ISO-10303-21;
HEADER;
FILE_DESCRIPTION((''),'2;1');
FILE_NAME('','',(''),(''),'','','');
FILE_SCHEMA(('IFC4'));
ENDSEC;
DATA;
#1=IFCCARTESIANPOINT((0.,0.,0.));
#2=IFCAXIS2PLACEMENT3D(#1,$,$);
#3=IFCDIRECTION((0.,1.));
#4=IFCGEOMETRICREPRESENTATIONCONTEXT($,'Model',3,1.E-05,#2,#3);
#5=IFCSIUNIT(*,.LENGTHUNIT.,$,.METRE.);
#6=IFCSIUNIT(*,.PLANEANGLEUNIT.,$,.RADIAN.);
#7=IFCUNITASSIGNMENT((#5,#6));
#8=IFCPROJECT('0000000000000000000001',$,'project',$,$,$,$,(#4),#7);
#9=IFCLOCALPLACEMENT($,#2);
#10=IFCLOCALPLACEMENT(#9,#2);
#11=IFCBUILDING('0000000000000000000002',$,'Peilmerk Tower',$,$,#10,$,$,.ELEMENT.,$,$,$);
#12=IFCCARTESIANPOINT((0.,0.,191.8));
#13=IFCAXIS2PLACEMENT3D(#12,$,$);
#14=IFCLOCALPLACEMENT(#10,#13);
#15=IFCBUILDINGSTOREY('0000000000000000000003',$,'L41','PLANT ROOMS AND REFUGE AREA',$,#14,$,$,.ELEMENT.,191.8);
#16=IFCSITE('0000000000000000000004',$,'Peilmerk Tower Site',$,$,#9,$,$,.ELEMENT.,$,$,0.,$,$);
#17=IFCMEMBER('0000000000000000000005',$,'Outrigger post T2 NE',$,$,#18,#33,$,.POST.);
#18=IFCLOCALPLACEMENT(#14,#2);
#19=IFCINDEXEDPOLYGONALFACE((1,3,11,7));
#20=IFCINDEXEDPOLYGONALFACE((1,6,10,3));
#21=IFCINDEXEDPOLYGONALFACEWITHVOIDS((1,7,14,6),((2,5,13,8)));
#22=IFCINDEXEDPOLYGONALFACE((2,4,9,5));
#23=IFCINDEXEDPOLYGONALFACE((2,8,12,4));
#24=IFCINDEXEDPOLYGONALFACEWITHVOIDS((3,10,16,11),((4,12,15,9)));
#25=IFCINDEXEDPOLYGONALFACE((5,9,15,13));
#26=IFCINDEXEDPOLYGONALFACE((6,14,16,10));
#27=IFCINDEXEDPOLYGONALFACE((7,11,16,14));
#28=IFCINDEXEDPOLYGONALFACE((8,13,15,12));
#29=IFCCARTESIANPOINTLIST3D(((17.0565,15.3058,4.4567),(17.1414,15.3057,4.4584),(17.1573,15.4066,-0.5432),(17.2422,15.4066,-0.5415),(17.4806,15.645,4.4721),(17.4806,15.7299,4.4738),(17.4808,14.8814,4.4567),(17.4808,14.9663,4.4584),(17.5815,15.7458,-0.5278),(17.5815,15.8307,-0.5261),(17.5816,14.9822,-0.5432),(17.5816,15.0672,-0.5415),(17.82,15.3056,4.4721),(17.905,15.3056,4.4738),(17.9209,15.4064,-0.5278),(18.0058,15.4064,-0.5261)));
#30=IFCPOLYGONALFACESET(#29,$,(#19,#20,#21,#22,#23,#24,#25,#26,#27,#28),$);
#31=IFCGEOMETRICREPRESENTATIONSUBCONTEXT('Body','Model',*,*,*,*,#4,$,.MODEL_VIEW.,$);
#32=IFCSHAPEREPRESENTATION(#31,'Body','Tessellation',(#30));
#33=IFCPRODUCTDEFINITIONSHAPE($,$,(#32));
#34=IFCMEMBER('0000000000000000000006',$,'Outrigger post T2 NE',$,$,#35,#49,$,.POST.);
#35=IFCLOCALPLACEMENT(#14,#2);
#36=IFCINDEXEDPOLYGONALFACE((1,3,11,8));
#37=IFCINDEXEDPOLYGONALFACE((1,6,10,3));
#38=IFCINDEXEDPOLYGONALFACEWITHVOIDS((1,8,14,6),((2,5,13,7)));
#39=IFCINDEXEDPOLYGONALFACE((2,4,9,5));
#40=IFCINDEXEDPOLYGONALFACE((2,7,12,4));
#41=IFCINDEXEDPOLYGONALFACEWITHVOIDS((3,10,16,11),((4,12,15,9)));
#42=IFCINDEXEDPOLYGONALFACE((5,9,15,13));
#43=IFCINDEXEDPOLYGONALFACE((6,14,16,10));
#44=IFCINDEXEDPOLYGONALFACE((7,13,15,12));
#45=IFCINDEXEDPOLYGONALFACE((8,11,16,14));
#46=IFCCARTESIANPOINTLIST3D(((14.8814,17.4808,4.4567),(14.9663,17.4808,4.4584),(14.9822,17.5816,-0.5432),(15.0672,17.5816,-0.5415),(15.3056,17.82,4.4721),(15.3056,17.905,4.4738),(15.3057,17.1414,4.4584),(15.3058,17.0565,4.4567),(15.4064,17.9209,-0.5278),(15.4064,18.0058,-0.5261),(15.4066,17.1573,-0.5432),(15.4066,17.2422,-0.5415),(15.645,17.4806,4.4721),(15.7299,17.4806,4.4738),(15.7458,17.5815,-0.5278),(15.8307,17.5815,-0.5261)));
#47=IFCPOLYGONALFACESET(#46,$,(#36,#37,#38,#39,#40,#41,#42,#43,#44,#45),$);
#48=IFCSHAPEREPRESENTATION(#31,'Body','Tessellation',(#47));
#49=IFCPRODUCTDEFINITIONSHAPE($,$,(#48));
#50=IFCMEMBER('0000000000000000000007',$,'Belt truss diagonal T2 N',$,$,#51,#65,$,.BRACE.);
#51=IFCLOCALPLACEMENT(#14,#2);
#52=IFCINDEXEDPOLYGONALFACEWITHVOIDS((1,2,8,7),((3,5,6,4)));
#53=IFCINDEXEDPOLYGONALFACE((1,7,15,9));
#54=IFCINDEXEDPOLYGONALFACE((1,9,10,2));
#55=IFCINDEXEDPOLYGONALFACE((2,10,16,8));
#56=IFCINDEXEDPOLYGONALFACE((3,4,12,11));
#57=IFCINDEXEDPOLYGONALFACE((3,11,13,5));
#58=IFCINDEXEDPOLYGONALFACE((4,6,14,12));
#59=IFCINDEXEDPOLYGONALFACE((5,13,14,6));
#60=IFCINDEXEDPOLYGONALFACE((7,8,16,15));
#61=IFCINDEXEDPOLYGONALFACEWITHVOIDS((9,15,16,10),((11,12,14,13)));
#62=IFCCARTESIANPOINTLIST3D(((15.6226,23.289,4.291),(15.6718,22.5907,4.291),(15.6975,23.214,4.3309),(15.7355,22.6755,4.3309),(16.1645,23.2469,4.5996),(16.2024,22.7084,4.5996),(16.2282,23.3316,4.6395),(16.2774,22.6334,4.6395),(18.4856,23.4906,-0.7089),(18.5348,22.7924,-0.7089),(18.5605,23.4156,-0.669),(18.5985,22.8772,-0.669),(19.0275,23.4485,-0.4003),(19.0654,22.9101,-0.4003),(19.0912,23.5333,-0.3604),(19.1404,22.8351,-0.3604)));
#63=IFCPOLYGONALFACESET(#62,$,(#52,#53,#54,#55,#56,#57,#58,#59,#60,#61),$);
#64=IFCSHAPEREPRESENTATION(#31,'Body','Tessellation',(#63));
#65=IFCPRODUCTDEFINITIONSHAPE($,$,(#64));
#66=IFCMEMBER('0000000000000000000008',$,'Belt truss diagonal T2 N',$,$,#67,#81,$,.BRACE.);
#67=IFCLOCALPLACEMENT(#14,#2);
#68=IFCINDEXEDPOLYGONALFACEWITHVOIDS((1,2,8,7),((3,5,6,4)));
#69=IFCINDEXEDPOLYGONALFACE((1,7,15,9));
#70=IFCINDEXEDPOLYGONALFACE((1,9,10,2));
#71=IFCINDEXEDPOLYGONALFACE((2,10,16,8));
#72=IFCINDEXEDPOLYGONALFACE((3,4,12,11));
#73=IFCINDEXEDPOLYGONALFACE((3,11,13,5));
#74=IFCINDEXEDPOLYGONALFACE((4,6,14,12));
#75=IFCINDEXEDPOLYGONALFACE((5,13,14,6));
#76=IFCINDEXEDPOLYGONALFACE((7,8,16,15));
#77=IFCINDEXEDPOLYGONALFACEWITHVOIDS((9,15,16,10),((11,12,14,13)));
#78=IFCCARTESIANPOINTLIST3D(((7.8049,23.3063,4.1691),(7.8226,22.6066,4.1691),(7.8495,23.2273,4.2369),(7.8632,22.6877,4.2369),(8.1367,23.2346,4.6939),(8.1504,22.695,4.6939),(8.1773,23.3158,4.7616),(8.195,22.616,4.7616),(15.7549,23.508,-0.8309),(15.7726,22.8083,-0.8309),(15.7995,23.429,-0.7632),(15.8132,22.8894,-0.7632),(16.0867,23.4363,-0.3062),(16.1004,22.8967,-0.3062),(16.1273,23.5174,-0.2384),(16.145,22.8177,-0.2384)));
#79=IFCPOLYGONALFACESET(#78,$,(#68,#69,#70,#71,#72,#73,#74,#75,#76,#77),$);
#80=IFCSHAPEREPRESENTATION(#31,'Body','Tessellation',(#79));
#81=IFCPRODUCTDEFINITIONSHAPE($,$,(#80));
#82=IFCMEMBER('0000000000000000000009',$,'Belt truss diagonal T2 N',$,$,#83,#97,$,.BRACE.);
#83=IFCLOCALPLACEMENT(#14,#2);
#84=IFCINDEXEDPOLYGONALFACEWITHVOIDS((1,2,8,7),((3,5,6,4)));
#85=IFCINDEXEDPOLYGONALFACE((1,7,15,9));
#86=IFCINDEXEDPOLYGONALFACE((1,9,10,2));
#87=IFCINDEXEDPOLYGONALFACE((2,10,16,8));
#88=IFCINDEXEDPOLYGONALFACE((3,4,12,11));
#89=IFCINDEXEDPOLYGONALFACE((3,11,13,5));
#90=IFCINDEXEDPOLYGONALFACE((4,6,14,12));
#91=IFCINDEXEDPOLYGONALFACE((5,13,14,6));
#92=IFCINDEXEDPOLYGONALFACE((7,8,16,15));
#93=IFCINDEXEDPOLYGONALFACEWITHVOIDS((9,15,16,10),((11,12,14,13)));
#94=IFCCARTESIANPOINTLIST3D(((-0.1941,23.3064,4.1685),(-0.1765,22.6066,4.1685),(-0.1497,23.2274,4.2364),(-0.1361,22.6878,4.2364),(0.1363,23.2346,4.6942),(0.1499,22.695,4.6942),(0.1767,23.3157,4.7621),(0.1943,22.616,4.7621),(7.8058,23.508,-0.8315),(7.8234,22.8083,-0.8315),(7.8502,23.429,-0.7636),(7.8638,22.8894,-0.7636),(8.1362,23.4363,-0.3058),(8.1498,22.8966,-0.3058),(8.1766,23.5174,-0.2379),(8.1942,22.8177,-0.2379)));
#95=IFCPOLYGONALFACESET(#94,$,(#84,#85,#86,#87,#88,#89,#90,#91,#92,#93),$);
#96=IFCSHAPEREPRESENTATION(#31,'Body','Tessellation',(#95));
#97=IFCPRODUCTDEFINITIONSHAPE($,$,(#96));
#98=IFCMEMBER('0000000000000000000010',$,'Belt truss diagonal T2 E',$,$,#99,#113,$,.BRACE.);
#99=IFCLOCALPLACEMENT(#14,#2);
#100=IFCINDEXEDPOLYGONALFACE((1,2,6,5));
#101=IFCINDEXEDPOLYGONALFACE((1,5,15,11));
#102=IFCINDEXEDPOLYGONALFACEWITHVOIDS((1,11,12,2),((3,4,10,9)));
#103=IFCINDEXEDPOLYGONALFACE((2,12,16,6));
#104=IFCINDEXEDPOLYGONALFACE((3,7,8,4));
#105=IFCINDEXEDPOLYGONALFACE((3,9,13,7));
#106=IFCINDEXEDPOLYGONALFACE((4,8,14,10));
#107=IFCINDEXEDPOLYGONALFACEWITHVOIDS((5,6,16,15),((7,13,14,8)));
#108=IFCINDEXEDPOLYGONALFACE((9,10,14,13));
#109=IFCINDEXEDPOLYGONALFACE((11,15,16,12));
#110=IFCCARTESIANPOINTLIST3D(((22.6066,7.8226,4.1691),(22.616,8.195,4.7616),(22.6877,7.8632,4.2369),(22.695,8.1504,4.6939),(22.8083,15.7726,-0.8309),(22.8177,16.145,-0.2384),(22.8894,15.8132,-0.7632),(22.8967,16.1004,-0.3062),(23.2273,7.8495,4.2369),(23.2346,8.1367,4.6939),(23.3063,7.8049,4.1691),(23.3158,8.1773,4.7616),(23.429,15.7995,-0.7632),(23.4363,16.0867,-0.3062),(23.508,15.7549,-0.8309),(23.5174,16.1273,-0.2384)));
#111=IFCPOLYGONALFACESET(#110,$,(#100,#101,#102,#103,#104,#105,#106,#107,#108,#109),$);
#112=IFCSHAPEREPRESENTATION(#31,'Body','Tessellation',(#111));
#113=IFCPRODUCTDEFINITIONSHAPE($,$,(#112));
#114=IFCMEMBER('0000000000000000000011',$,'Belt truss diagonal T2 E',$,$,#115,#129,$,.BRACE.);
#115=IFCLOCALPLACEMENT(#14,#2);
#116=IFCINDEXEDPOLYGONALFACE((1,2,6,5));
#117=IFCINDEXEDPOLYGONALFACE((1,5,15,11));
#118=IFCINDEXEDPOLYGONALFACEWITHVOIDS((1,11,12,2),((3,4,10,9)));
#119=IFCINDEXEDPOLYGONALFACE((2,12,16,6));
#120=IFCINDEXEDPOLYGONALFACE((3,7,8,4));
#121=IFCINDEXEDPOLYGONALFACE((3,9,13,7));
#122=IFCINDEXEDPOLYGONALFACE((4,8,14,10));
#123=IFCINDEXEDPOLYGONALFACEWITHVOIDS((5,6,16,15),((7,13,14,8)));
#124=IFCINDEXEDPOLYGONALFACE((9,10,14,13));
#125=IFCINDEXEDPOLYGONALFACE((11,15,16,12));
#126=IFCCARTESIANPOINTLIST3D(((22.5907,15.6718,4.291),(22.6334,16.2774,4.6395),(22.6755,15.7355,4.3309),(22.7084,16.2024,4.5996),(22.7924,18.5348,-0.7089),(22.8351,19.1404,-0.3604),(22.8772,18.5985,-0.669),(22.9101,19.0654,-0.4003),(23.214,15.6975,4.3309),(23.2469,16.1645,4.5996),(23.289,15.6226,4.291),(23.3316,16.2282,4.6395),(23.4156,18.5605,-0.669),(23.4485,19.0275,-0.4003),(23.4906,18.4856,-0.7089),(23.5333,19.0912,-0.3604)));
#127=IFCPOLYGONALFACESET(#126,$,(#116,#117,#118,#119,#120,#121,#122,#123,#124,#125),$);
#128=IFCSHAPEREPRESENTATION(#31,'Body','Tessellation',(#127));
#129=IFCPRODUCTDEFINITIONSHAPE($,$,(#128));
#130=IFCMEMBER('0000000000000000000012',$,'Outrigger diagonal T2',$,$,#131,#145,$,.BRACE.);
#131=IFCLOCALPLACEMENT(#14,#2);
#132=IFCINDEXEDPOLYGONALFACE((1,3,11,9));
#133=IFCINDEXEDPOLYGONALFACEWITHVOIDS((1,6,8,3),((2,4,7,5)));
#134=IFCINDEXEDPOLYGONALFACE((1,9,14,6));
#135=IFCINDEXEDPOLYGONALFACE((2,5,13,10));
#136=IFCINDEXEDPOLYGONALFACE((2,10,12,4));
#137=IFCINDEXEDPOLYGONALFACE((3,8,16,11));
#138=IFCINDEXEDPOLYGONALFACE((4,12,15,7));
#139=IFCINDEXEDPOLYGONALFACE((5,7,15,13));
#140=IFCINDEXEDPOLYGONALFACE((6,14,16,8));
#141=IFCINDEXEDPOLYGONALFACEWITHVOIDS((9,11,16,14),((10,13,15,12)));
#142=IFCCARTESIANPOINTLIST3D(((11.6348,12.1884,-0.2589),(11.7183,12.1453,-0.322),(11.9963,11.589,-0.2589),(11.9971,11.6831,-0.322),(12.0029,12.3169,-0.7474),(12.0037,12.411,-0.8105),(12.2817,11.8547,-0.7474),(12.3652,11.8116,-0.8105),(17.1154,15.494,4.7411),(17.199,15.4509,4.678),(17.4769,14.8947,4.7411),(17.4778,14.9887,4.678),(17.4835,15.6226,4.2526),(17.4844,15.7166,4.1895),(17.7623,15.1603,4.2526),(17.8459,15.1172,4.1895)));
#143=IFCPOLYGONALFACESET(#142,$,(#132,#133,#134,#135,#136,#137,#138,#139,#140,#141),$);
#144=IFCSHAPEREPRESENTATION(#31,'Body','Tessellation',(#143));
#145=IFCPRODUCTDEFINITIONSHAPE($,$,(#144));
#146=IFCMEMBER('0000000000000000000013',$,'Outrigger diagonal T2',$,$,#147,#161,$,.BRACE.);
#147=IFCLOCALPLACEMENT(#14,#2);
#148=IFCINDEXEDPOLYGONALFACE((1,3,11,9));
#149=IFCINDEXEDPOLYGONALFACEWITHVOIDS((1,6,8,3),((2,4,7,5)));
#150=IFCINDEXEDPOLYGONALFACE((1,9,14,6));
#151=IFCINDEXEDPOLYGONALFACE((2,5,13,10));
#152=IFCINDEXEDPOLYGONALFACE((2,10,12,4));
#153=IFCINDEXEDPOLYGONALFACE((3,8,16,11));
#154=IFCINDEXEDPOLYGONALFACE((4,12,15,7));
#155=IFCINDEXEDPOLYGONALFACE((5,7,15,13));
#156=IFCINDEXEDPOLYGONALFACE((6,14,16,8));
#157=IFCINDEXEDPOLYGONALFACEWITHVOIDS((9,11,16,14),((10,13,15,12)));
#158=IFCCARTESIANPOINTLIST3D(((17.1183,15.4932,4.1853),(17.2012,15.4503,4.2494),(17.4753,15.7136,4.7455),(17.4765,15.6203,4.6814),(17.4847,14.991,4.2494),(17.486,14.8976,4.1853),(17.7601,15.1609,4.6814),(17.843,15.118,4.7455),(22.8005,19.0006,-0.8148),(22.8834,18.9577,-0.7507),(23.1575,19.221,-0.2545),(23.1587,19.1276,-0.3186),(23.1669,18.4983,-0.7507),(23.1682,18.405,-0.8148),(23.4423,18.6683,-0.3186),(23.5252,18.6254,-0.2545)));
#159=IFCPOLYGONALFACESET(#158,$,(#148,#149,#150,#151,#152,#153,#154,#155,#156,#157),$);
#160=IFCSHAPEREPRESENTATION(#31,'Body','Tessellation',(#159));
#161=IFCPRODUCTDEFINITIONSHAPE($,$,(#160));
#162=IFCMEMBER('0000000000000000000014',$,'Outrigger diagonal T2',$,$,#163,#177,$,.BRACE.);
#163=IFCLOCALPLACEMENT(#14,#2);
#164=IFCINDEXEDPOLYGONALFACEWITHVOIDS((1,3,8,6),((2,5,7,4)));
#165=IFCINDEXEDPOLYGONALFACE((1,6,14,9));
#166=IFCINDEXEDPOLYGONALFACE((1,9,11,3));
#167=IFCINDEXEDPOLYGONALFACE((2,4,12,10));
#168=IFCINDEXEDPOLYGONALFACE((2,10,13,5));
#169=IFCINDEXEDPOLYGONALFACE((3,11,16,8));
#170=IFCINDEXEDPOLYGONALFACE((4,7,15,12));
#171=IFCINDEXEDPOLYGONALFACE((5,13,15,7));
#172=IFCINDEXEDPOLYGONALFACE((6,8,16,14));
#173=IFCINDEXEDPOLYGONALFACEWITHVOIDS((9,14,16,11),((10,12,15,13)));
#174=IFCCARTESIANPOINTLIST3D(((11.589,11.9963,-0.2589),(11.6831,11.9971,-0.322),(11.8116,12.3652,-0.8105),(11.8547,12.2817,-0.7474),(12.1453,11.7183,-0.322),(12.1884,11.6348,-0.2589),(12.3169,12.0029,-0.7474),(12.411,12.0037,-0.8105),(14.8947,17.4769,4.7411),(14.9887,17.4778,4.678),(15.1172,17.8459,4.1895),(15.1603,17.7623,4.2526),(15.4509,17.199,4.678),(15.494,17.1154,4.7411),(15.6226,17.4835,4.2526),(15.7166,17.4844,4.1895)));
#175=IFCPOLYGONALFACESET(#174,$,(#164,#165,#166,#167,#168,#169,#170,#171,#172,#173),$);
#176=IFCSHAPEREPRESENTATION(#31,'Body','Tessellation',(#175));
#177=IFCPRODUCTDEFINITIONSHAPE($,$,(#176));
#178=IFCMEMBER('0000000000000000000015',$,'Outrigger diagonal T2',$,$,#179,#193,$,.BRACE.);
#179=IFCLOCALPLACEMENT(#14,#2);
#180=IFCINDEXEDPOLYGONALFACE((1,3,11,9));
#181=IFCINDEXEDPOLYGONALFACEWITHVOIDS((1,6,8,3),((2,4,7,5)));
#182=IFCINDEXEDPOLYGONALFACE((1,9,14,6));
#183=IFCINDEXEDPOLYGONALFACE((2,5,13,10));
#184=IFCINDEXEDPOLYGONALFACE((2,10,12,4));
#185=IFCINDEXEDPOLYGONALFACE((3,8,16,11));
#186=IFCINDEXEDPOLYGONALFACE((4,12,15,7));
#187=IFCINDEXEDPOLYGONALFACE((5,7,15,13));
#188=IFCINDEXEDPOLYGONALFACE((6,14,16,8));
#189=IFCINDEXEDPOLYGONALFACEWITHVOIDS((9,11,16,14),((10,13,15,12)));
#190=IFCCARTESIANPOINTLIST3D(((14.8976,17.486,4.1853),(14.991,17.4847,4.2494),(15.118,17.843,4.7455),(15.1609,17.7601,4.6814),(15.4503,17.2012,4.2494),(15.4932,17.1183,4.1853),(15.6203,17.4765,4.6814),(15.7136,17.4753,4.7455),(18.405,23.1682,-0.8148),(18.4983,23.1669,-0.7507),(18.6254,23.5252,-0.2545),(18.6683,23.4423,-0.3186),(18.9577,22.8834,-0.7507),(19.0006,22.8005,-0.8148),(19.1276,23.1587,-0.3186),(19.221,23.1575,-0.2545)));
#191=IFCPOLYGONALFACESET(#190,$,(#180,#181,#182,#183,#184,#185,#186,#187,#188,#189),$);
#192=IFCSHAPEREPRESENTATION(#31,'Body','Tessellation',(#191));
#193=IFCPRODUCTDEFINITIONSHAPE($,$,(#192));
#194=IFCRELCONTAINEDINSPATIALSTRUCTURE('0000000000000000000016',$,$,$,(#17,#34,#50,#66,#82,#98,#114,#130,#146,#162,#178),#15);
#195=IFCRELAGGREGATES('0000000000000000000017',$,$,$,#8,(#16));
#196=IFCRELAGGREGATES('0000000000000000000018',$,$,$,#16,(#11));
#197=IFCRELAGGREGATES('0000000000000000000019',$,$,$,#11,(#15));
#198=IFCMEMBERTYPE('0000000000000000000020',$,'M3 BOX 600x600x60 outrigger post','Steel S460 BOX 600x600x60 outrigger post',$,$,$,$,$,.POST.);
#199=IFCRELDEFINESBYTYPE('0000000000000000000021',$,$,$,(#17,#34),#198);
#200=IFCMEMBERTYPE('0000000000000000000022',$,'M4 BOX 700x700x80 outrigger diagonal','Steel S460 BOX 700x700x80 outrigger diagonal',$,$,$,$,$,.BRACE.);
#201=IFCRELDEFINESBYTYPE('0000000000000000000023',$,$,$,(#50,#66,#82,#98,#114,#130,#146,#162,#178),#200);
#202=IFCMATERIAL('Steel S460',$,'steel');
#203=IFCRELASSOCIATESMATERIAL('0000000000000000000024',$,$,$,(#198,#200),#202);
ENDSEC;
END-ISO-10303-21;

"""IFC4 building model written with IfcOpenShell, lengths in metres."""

from ifc_helpers import new_model, si_unit, direction, frame, origin, origin_2d, place, context, subcontext, project, spatial, hollow_rectangle, extrude, material, material_profile, profile_set, type_object, element, save


model = new_model("IFC4")

# Units and contexts
model_context = context("Model", 3, precision=1e-05, world=origin(), true_north=direction((0.0, 1.0)))
body_context = subcontext(model_context, "Body", "Model", "MODEL_VIEW")
ifc_project = project(units=[si_unit("LENGTHUNIT", "METRE"), si_unit("PLANEANGLEUNIT", "RADIAN")], contexts=[model_context])

# Site, building, storey
site_placement = place(None, origin())
site = spatial("IfcSite", under=ifc_project, at=site_placement, Name="Peilmerk Tower Site", CompositionType="ELEMENT", RefElevation=0.0)
building_placement = place(site_placement, origin())
building = spatial("IfcBuilding", under=site, at=building_placement, Name="Peilmerk Tower", CompositionType="ELEMENT")
storey_placement = place(building_placement, frame((0.0, 0.0, 191.8)))
storey = spatial("IfcBuildingStorey", under=building, at=storey_placement, Name="L41", Description="PLANT ROOMS AND REFUGE AREA", CompositionType="ELEMENT", Elevation=191.8)

# Shared definitions
ifc_material_1 = material(Name="Steel S460", Category="steel")

# Members
ifc_material_profile_1 = material_profile(ifc_material_1, hollow_rectangle(XDim=0.6001, YDim=0.6001, WallThickness=0.0601, at=origin_2d()), Name="BOX 600x600x60")
ifc_profile_set_1 = profile_set([ifc_material_profile_1], Name="Steel S460")
member_type_1 = type_object("IfcMemberType", Name="M3 BOX 600x600x60 outrigger post", Description="Steel S460 BOX 600x600x60 outrigger post", PredefinedType="POST", material=ifc_profile_set_1)
for number, where, z_axis, x_axis, name in (
    (1, (17.5815, 15.4065, -0.5347), (-0.020158, -0.020158, 0.999594), (0.707107, -0.707107, 0.0), "Outrigger post T2 NE"),
    (2, (15.4065, 17.5815, -0.5347), (-0.020158, -0.020158, 0.999594), (0.707107, -0.707107, 0.0), "Outrigger post T2 NE"),
):
    element("IfcMember", number, at=place(storey_placement, frame(where, z_axis=z_axis, x_axis=x_axis)), inside=storey, type_object=member_type_1, Name=name, PredefinedType="POST", context=body_context, shape_type="SweptSolid", body=[
        extrude(hollow_rectangle(XDim=0.6001, YDim=0.6001, WallThickness=0.0601, at=origin_2d()), origin(), (0.0, 0.0, 1.0), 5.002),
    ])
ifc_material_profile_2 = material_profile(ifc_material_1, hollow_rectangle(XDim=0.7, YDim=0.7, WallThickness=0.0801, at=origin_2d()), Name="BOX 700x700x80")
ifc_profile_set_2 = profile_set([ifc_material_profile_2], Name="Steel S460")
member_type_2 = type_object("IfcMemberType", Name="M4 BOX 700x700x80 outrigger diagonal", Description="Steel S460 BOX 700x700x80 outrigger diagonal", PredefinedType="BRACE", material=ifc_profile_set_2)
member_1_placement = place(storey_placement, frame((18.813, 23.1628, -0.5347), z_axis=(-0.496606, -0.034979, 0.867271), x_axis=(0.070262, -0.997529, 0.0)))
element("IfcMember", 3, at=member_1_placement, inside=storey, type_object=member_type_2, Name="Belt truss diagonal T2 N", PredefinedType="BRACE", context=body_context, shape_type="SweptSolid", body=[
    extrude(hollow_rectangle(XDim=0.7, YDim=0.7, WallThickness=0.0801, at=origin_2d()), origin(), (0.0, 0.0, 1.0), 5.7651),
])
member_2_placement = place(storey_placement, frame((15.95, 23.1628, -0.5347), z_axis=(-0.846303, -0.021467, 0.532269), x_axis=(0.025358, -0.999678, 0.0)))
element("IfcMember", 4, at=member_2_placement, inside=storey, type_object=member_type_2, Name="Belt truss diagonal T2 N", PredefinedType="BRACE", context=body_context, shape_type="SweptSolid", body=[
    extrude(hollow_rectangle(XDim=0.7, YDim=0.7, WallThickness=0.0801, at=origin_2d()), origin(), (0.0, 0.0, 1.0), 9.3938),
])
member_3_placement = place(storey_placement, frame((8.0, 23.1628, -0.5347), z_axis=(-0.847805, -0.021371, 0.529878), x_axis=(0.0252, -0.999682, 0.0)))
element("IfcMember", 5, at=member_3_placement, inside=storey, type_object=member_type_2, Name="Belt truss diagonal T2 N", PredefinedType="BRACE", context=body_context, shape_type="SweptSolid", body=[
    extrude(hollow_rectangle(XDim=0.7, YDim=0.7, WallThickness=0.0801, at=origin_2d()), origin(), (0.0, 0.0, 1.0), 9.436),
])
member_4_placement = place(storey_placement, frame((23.1628, 15.95, -0.5347), z_axis=(-0.021467, -0.846303, 0.532269), x_axis=(0.999678, -0.025358, 0.0)))
element("IfcMember", 6, at=member_4_placement, inside=storey, type_object=member_type_2, Name="Belt truss diagonal T2 E", PredefinedType="BRACE", context=body_context, shape_type="SweptSolid", body=[
    extrude(hollow_rectangle(XDim=0.7, YDim=0.7, WallThickness=0.0801, at=origin_2d()), origin(), (0.0, 0.0, 1.0), 9.3938),
])
member_5_placement = place(storey_placement, frame((23.1628, 18.813, -0.5347), z_axis=(-0.034979, -0.496606, 0.867271), x_axis=(0.997529, -0.070262, 0.0)))
element("IfcMember", 7, at=member_5_placement, inside=storey, type_object=member_type_2, Name="Belt truss diagonal T2 E", PredefinedType="BRACE", context=body_context, shape_type="SweptSolid", body=[
    extrude(hollow_rectangle(XDim=0.7, YDim=0.7, WallThickness=0.0801, at=origin_2d()), origin(), (0.0, 0.0, 1.0), 5.7651),
])
member_6_placement = place(storey_placement, frame((12.0, 12.0, -0.5347), z_axis=(0.674805, 0.407005, 0.615618), x_axis=(-0.516475, 0.856303, 0.0)))
element("IfcMember", 8, at=member_6_placement, inside=storey, type_object=member_type_2, Name="Outrigger diagonal T2", PredefinedType="BRACE", context=body_context, shape_type="SweptSolid", body=[
    extrude(hollow_rectangle(XDim=0.7, YDim=0.7, WallThickness=0.0801, at=origin_2d()), origin(), (0.0, 0.0, 1.0), 8.1218),
])
member_7_placement = place(storey_placement, frame((23.1628, 18.813, -0.5347), z_axis=(-0.681152, -0.420445, 0.599381), x_axis=(0.525252, -0.850947, 0.0)))
element("IfcMember", 9, at=member_7_placement, inside=storey, type_object=member_type_2, Name="Outrigger diagonal T2", PredefinedType="BRACE", context=body_context, shape_type="SweptSolid", body=[
    extrude(hollow_rectangle(XDim=0.7, YDim=0.7, WallThickness=0.0801, at=origin_2d()), origin(), (0.0, 0.0, 1.0), 8.342),
])
member_8_placement = place(storey_placement, frame((12.0, 12.0, -0.5347), z_axis=(0.407005, 0.674805, 0.615618), x_axis=(-0.856303, 0.516475, 0.0)))
element("IfcMember", 10, at=member_8_placement, inside=storey, type_object=member_type_2, Name="Outrigger diagonal T2", PredefinedType="BRACE", context=body_context, shape_type="SweptSolid", body=[
    extrude(hollow_rectangle(XDim=0.7, YDim=0.7, WallThickness=0.0801, at=origin_2d()), origin(), (0.0, 0.0, 1.0), 8.1218),
])
member_9_placement = place(storey_placement, frame((18.813, 23.1628, -0.5347), z_axis=(-0.420445, -0.681152, 0.599381), x_axis=(0.850947, -0.525252, 0.0)))
element("IfcMember", 11, at=member_9_placement, inside=storey, type_object=member_type_2, Name="Outrigger diagonal T2", PredefinedType="BRACE", context=body_context, shape_type="SweptSolid", body=[
    extrude(hollow_rectangle(XDim=0.7, YDim=0.7, WallThickness=0.0801, at=origin_2d()), origin(), (0.0, 0.0, 1.0), 8.342),
])

save(model, "model.ifc")
